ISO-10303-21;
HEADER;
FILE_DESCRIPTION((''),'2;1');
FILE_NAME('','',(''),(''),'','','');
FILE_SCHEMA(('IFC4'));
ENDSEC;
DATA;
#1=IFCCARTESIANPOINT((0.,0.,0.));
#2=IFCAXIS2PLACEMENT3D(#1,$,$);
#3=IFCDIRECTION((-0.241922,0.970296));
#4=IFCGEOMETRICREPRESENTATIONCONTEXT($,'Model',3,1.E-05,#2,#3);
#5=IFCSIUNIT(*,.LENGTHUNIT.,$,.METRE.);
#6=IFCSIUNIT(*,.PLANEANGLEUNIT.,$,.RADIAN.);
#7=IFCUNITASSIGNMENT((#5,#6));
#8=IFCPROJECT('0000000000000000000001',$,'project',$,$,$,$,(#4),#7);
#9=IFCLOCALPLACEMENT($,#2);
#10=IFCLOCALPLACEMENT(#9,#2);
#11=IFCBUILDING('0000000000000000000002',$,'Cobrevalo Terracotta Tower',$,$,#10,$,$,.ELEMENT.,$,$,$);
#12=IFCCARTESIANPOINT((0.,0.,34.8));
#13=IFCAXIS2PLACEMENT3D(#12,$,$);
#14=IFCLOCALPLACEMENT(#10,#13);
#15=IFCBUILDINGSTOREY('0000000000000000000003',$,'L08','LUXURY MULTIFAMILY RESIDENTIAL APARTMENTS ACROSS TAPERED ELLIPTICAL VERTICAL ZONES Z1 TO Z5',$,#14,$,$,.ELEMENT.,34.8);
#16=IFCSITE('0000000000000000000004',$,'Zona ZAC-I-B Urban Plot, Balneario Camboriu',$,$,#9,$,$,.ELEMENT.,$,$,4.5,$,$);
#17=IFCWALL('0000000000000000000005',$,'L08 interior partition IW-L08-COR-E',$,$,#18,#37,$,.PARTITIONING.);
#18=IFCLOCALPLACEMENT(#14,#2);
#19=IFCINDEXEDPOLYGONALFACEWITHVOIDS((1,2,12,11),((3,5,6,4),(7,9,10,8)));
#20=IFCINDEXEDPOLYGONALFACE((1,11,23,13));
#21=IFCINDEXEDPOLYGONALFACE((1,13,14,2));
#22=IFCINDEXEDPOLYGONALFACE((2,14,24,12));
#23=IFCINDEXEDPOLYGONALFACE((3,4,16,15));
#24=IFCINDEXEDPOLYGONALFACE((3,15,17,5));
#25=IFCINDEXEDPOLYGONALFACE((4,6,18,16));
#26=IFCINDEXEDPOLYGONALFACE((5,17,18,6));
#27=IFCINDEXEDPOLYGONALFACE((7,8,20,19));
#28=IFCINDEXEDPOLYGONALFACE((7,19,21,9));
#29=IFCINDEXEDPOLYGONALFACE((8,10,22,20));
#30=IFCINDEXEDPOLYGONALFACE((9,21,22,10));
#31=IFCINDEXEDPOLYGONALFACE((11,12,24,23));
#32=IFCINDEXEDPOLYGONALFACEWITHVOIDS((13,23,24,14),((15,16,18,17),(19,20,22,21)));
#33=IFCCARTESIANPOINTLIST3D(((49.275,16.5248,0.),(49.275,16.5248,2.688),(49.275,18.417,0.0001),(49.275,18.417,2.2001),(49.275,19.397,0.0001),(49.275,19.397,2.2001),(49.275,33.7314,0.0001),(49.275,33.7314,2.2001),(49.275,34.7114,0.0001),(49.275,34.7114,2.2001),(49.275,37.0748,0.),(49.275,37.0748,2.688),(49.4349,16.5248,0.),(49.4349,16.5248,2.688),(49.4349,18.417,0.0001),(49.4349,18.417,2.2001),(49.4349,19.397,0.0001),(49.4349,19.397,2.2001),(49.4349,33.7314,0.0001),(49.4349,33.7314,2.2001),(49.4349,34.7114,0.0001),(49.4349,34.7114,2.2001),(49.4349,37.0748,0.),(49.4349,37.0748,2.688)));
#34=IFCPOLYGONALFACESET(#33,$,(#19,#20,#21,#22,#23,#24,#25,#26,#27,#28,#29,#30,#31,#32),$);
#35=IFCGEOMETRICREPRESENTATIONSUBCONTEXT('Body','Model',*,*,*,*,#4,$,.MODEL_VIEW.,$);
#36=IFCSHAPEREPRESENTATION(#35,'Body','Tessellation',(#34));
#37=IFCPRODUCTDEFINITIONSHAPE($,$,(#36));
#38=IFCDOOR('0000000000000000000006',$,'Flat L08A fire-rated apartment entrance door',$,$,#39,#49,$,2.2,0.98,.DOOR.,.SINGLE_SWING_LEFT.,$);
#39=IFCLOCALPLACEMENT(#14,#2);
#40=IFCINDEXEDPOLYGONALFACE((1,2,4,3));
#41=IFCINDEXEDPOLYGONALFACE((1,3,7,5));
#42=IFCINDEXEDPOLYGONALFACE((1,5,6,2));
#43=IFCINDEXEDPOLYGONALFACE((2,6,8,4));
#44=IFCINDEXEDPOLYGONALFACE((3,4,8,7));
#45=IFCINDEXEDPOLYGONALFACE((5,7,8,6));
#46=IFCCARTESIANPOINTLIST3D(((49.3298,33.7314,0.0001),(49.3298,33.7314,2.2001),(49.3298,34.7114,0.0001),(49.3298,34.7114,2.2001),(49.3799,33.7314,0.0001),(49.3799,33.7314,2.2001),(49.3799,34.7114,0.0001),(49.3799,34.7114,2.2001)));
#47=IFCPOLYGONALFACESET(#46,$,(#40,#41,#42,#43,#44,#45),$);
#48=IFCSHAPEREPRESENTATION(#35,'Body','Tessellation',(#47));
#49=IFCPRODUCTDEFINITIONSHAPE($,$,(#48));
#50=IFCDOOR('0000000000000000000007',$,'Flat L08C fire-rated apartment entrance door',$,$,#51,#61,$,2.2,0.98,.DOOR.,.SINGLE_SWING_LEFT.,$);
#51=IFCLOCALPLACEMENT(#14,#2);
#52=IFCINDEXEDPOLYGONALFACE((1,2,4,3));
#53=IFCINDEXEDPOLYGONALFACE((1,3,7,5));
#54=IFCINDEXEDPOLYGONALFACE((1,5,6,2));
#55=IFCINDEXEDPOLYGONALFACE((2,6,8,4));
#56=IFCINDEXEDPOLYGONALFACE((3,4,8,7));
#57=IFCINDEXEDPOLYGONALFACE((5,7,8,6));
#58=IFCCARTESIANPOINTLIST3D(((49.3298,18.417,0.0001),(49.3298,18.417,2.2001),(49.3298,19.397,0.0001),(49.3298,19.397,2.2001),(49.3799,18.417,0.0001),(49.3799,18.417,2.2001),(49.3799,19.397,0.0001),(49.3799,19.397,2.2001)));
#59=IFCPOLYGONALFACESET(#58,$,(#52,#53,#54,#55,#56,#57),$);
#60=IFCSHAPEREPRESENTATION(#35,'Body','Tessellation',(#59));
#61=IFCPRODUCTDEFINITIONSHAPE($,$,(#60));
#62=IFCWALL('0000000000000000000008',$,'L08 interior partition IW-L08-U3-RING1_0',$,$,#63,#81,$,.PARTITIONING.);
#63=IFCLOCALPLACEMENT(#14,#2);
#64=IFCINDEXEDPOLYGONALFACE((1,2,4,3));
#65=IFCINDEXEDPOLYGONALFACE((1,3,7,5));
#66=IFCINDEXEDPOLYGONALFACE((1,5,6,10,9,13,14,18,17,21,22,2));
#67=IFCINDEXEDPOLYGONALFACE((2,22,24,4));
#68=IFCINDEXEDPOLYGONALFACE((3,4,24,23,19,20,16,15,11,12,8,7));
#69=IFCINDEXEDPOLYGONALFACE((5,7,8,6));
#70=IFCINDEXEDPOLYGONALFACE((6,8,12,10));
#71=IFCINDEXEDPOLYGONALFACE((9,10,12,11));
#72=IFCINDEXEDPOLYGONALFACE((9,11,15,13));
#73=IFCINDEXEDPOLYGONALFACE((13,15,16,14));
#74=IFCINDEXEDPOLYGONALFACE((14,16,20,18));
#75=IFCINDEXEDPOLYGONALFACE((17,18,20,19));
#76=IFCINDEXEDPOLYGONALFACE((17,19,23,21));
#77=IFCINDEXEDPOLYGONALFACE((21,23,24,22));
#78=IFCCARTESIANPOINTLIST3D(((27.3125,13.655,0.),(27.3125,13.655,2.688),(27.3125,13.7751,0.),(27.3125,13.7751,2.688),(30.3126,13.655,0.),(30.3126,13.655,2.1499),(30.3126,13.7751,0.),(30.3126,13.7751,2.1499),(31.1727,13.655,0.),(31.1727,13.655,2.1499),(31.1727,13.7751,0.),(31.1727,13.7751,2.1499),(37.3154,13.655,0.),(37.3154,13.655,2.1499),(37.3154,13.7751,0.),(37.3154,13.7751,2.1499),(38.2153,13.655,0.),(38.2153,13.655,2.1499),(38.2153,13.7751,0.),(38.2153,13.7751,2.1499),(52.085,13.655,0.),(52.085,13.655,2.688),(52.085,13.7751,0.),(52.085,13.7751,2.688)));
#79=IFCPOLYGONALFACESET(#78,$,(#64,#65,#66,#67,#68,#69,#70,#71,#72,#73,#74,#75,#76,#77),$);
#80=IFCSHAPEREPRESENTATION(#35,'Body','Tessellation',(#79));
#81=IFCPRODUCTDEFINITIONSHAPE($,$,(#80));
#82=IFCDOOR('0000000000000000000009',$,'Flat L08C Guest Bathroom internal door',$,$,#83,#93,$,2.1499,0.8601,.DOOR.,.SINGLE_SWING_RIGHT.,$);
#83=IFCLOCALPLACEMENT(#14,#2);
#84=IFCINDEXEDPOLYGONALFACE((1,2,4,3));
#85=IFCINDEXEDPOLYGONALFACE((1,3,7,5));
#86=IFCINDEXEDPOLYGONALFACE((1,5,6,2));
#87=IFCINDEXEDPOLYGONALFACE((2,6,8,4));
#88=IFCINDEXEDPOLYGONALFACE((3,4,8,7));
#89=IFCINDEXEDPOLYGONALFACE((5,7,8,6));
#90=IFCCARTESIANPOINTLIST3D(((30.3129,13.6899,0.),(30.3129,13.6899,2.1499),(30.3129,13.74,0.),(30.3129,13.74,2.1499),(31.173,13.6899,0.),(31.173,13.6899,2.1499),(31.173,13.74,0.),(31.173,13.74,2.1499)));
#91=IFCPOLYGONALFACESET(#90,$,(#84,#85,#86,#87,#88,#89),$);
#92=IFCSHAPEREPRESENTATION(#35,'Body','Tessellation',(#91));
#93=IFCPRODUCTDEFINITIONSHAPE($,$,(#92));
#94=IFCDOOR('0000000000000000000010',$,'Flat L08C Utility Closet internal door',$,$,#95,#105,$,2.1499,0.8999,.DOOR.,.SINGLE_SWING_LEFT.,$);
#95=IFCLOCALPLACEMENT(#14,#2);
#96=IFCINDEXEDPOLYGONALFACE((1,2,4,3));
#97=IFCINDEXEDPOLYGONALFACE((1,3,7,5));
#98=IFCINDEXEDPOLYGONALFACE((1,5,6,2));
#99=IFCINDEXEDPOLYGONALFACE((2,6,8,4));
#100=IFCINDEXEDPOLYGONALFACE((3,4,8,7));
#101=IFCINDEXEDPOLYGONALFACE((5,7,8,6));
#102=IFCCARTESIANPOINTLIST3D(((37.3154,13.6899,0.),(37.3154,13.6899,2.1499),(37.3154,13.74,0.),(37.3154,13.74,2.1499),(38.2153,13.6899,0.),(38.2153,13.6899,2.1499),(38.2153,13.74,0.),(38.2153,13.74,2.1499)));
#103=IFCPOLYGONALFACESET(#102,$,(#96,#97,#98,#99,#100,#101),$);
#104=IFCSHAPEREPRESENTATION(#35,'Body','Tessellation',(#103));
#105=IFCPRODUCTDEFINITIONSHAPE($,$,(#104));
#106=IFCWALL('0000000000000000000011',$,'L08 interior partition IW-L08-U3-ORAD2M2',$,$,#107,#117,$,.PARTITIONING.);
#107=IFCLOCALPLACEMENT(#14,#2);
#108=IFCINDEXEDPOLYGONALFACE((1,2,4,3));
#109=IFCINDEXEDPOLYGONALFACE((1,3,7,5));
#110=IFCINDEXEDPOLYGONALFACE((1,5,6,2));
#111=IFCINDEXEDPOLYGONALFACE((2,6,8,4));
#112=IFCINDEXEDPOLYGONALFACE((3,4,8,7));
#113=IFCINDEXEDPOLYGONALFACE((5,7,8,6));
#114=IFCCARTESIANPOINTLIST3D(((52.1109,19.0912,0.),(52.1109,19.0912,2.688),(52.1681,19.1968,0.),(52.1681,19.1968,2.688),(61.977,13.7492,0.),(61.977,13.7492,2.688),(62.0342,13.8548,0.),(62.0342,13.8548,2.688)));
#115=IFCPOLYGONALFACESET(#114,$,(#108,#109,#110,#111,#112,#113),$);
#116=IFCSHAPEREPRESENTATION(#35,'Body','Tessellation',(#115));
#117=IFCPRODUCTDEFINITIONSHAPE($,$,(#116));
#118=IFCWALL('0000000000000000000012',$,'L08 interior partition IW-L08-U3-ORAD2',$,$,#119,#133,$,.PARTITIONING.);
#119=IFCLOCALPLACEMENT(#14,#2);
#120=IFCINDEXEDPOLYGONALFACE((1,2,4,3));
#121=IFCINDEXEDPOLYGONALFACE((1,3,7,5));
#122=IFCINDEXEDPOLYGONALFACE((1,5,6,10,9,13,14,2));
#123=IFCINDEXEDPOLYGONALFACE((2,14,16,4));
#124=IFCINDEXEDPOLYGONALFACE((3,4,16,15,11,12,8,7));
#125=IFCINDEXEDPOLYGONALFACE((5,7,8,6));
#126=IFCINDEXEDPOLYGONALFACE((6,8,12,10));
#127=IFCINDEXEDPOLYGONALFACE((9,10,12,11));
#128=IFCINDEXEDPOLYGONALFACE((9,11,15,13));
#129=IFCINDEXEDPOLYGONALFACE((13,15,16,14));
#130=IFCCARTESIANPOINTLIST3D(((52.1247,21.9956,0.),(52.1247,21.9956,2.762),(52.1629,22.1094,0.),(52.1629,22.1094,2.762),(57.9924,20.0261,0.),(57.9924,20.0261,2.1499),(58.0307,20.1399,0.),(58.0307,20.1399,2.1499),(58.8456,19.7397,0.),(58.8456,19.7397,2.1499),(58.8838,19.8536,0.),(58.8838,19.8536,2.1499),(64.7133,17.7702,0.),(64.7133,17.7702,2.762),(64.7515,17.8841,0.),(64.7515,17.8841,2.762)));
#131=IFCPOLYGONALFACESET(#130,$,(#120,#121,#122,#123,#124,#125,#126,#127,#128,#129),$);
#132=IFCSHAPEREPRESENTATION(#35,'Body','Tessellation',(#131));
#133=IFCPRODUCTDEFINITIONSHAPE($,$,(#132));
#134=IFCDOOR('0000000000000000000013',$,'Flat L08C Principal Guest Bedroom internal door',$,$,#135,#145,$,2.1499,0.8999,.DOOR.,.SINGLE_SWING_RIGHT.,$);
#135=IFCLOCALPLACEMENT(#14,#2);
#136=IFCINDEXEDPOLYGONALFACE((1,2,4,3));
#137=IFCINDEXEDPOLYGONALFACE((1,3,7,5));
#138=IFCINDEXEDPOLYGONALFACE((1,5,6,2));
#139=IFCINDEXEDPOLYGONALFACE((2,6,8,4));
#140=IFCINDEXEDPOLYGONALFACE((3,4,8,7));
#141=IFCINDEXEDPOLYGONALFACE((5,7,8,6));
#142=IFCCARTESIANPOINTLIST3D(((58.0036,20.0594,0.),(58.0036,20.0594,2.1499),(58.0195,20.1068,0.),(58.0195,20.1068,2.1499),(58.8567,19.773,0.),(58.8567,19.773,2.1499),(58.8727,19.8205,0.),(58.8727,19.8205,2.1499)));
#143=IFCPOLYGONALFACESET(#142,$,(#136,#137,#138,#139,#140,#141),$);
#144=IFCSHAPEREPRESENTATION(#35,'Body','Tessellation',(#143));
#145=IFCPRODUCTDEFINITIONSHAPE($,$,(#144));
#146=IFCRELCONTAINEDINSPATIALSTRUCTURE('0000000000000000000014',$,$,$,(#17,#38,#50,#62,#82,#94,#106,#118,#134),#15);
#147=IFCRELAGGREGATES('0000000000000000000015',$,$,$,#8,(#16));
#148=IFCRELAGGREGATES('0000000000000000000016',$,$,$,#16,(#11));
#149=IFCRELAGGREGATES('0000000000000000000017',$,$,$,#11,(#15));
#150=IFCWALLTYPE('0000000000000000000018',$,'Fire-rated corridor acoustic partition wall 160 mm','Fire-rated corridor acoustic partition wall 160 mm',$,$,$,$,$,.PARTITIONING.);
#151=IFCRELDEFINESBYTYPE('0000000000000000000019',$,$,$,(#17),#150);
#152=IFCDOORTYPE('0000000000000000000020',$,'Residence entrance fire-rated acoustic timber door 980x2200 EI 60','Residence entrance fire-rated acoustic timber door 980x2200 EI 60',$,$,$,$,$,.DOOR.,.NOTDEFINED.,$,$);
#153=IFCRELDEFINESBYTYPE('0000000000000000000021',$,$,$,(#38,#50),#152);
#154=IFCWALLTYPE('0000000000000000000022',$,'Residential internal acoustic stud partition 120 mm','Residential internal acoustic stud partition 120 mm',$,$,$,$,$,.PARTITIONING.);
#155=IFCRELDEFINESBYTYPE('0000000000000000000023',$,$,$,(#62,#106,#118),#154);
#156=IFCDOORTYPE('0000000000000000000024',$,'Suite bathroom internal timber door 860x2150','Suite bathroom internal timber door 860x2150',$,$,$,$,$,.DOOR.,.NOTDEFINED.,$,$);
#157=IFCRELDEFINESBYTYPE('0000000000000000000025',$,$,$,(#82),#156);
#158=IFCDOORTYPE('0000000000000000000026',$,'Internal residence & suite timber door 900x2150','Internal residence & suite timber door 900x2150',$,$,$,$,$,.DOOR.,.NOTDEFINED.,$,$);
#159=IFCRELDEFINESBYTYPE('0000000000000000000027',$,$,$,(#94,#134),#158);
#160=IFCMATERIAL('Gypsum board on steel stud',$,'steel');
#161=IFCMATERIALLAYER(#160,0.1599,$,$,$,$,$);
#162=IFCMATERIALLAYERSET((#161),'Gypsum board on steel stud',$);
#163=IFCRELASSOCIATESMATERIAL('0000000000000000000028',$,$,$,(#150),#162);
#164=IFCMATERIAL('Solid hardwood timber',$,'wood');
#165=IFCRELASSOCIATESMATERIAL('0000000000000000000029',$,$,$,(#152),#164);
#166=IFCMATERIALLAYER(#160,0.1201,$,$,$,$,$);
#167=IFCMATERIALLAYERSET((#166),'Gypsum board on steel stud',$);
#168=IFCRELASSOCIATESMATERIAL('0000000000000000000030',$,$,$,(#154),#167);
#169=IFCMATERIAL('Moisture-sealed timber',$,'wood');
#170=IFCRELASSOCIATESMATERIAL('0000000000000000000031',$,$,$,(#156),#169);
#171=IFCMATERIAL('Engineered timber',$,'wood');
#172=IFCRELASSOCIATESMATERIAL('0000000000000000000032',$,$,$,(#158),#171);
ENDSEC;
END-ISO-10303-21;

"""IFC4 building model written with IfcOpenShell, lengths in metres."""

from ifc_helpers import new_model, si_unit, direction, frame, frame_2d, origin, place, context, subcontext, project, spatial, rectangle, extrude, source, transform, mapped, material, layer, layer_set, type_object, element, fill, save


model = new_model("IFC4")

# Units and contexts
model_context = context("Model", 3, precision=1e-05, world=origin(), true_north=direction((-0.241922, 0.970296)))
body_context = subcontext(model_context, "Body", "Model", "MODEL_VIEW")
ifc_project = project(units=[si_unit("LENGTHUNIT", "METRE"), si_unit("PLANEANGLEUNIT", "RADIAN")], contexts=[model_context])

# Site, building, storey
site_placement = place(None, origin())
site = spatial("IfcSite", under=ifc_project, at=site_placement, Name="Zona ZAC-I-B Urban Plot, Balneario Camboriu", CompositionType="ELEMENT", RefElevation=4.5)
building_placement = place(site_placement, origin())
building = spatial("IfcBuilding", under=site, at=building_placement, Name="Cobrevalo Terracotta Tower", CompositionType="ELEMENT")
storey_placement = place(building_placement, frame((0.0, 0.0, 34.8)))
storey = spatial("IfcBuildingStorey", under=building, at=storey_placement, Name="L08", Description="LUXURY MULTIFAMILY RESIDENTIAL APARTMENTS ACROSS TAPERED ELLIPTICAL VERTICAL ZONES Z1 TO Z5", CompositionType="ELEMENT", Elevation=34.8)

# Walls, openings, doors
ifc_material_1 = material(Name="Gypsum board on steel stud", Category="steel")
ifc_layer_1 = layer(ifc_material_1, 0.1599)
ifc_layer_set_1 = layer_set([ifc_layer_1], Name="Gypsum board on steel stud")
wall_type_1 = type_object("IfcWallType", Name="Fire-rated corridor acoustic partition wall 160 mm", Description="Fire-rated corridor acoustic partition wall 160 mm", PredefinedType="PARTITIONING", material=ifc_layer_set_1)
wall_1_placement = place(storey_placement, frame((49.355, 16.5249, 0.0), z_axis=(0.0, 0.0, 1.0), x_axis=(0.0, 1.0, 0.0)))
wall_1 = element("IfcWall", 1, at=wall_1_placement, inside=storey, type_object=wall_type_1, Name="L08 interior partition IW-L08-COR-E", PredefinedType="PARTITIONING", context=body_context, shape_type="SweptSolid", body=[
    extrude(rectangle(XDim=20.55, YDim=0.1599, at=frame_2d((10.2749, 0.0))), origin(), (0.0, 0.0, 1.0), 2.688),
])
opening_1_placement = place(wall_1_placement, frame((17.2065, 0.0, 0.0)))
opening_1 = element("IfcOpeningElement", 2, at=opening_1_placement, cuts=wall_1, PredefinedType="OPENING", context=body_context, shape_type="SweptSolid", body=[
    extrude(rectangle(XDim=0.98, YDim=2.2, at=frame_2d((0.49, 1.1001))), frame((0.0, 0.0898, 0.0), z_axis=(0.0, -1.0, 0.0), x_axis=(1.0, 0.0, 0.0)), (0.0, 0.0, 1.0), 0.1799),
])
opening_2_placement = place(wall_1_placement, frame((1.8921, 0.0, 0.0)))
opening_2 = element("IfcOpeningElement", 3, at=opening_2_placement, cuts=wall_1, PredefinedType="OPENING", context=body_context, shape_type="SweptSolid", body=[
    extrude(rectangle(XDim=0.98, YDim=2.2, at=frame_2d((0.49, 1.1001))), frame((0.0, 0.0898, 0.0), z_axis=(0.0, -1.0, 0.0), x_axis=(1.0, 0.0, 0.0)), (0.0, 0.0, 1.0), 0.1799),
])
ifc_material_2 = material(Name="Solid hardwood timber", Category="wood")
door_type_1 = type_object("IfcDoorType", Name="Residence entrance fire-rated acoustic timber door 980x2200 EI 60", Description="Residence entrance fire-rated acoustic timber door 980x2200 EI 60", OperationType="NOTDEFINED", PredefinedType="DOOR", material=ifc_material_2)
shared_shape_1 = source(origin(), body_context, "Body", "SweptSolid", [
    extrude(rectangle(XDim=0.98, YDim=2.2, at=frame_2d((0.49, 1.1001))), frame((0.0, 0.0249, 0.0), z_axis=(0.0, -1.0, 0.0), x_axis=(1.0, 0.0, 0.0)), (0.0, 0.0, 1.0), 0.05),
])
door_1_placement = place(opening_1_placement, frame((0.98, 0.0, 0.0), z_axis=(0.0, 0.0, 1.0), x_axis=(-1.0, 0.0, 0.0)))
door_1 = element("IfcDoor", 4, at=door_1_placement, inside=storey, type_object=door_type_1, Name="Flat L08A fire-rated apartment entrance door", OperationType="SINGLE_SWING_LEFT", OverallHeight=2.2, OverallWidth=0.98, PredefinedType="DOOR", context=body_context, shape_type="MappedRepresentation", body=[
    mapped(shared_shape_1, transform((0.0, 0.0, 0.0), scale=1.0)),
])
fill(opening_1, door_1)
door_2_placement = place(opening_2_placement, frame((0.98, 0.0, 0.0), z_axis=(0.0, 0.0, 1.0), x_axis=(-1.0, 0.0, 0.0)))
door_2 = element("IfcDoor", 5, at=door_2_placement, inside=storey, type_object=door_type_1, Name="Flat L08C fire-rated apartment entrance door", OperationType="SINGLE_SWING_LEFT", OverallHeight=2.2, OverallWidth=0.98, PredefinedType="DOOR", context=body_context, shape_type="MappedRepresentation", body=[
    mapped(shared_shape_1, transform((0.0, 0.0, 0.0), scale=1.0)),
])
fill(opening_2, door_2)
ifc_layer_2 = layer(ifc_material_1, 0.1201)
ifc_layer_set_2 = layer_set([ifc_layer_2], Name="Gypsum board on steel stud")
wall_type_2 = type_object("IfcWallType", Name="Residential internal acoustic stud partition 120 mm", Description="Residential internal acoustic stud partition 120 mm", PredefinedType="PARTITIONING", material=ifc_layer_set_2)
wall_2_placement = place(storey_placement, frame((52.085, 13.7151, 0.0), z_axis=(0.0, 0.0, 1.0), x_axis=(-1.0, 0.0, 0.0)))
wall_2 = element("IfcWall", 6, at=wall_2_placement, inside=storey, type_object=wall_type_2, Name="L08 interior partition IW-L08-U3-RING1_0", PredefinedType="PARTITIONING", context=body_context, shape_type="SweptSolid", body=[
    extrude(rectangle(XDim=24.7725, YDim=0.1201, at=frame_2d((12.3862, 0.0))), origin(), (0.0, 0.0, 1.0), 2.688),
])
opening_3_placement = place(wall_2_placement, frame((20.9121, 0.0, 0.0)))
opening_3 = element("IfcOpeningElement", 7, at=opening_3_placement, cuts=wall_2, PredefinedType="OPENING", context=body_context, shape_type="SweptSolid", body=[
    extrude(rectangle(XDim=0.8601, YDim=2.1499, at=frame_2d((0.4302, 1.075))), frame((0.0, 0.0701, 0.0), z_axis=(0.0, -1.0, 0.0), x_axis=(1.0, 0.0, 0.0)), (0.0, 0.0, 1.0), 0.1401),
])
opening_4_placement = place(wall_2_placement, frame((13.8696, 0.0, 0.0)))
opening_4 = element("IfcOpeningElement", 8, at=opening_4_placement, cuts=wall_2, PredefinedType="OPENING", context=body_context, shape_type="SweptSolid", body=[
    extrude(rectangle(XDim=0.8999, YDim=2.1499, at=frame_2d((0.45, 1.075))), frame((0.0, 0.0701, 0.0), z_axis=(0.0, -1.0, 0.0), x_axis=(1.0, 0.0, 0.0)), (0.0, 0.0, 1.0), 0.1401),
])
ifc_material_3 = material(Name="Moisture-sealed timber", Category="wood")
door_type_2 = type_object("IfcDoorType", Name="Suite bathroom internal timber door 860x2150", Description="Suite bathroom internal timber door 860x2150", OperationType="NOTDEFINED", PredefinedType="DOOR", material=ifc_material_3)
shared_shape_2 = source(origin(), body_context, "Body", "SweptSolid", [
    extrude(rectangle(XDim=0.8601, YDim=2.1499, at=frame_2d((0.4302, 1.075))), frame((0.0, 0.0249, 0.0), z_axis=(0.0, -1.0, 0.0), x_axis=(1.0, 0.0, 0.0)), (0.0, 0.0, 1.0), 0.05),
])
door_3_placement = place(opening_3_placement, frame((0.8601, 0.0, 0.0), z_axis=(0.0, 0.0, 1.0), x_axis=(-1.0, 0.0, 0.0)))
door_3 = element("IfcDoor", 9, at=door_3_placement, inside=storey, type_object=door_type_2, Name="Flat L08C Guest Bathroom internal door", OperationType="SINGLE_SWING_RIGHT", OverallHeight=2.1499, OverallWidth=0.8601, PredefinedType="DOOR", context=body_context, shape_type="MappedRepresentation", body=[
    mapped(shared_shape_2, transform((0.0, 0.0, 0.0), scale=1.0)),
])
fill(opening_3, door_3)
ifc_material_4 = material(Name="Engineered timber", Category="wood")
door_type_3 = type_object("IfcDoorType", Name="Internal residence & suite timber door 900x2150", Description="Internal residence & suite timber door 900x2150", OperationType="NOTDEFINED", PredefinedType="DOOR", material=ifc_material_4)
shared_shape_3 = source(origin(), body_context, "Body", "SweptSolid", [
    extrude(rectangle(XDim=0.8999, YDim=2.1499, at=frame_2d((0.45, 1.075))), frame((0.0, 0.0249, 0.0), z_axis=(0.0, -1.0, 0.0), x_axis=(1.0, 0.0, 0.0)), (0.0, 0.0, 1.0), 0.05),
])
door_4_placement = place(opening_4_placement, frame((0.8999, 0.0, 0.0), z_axis=(0.0, 0.0, 1.0), x_axis=(-1.0, 0.0, 0.0)))
door_4 = element("IfcDoor", 10, at=door_4_placement, inside=storey, type_object=door_type_3, Name="Flat L08C Utility Closet internal door", OperationType="SINGLE_SWING_LEFT", OverallHeight=2.1499, OverallWidth=0.8999, PredefinedType="DOOR", context=body_context, shape_type="MappedRepresentation", body=[
    mapped(shared_shape_3, transform((0.0, 0.0, 0.0), scale=1.0)),
])
fill(opening_4, door_4)

# Wall
wall_3_placement = place(storey_placement, frame((52.1394, 19.144, 0.0), z_axis=(0.0, 0.0, 1.0), x_axis=(0.879372, -0.476135, 0.0)))
element("IfcWall", 11, at=wall_3_placement, inside=storey, type_object=wall_type_2, Name="L08 interior partition IW-L08-U3-ORAD2M2", PredefinedType="PARTITIONING", context=body_context, shape_type="SweptSolid", body=[
    extrude(rectangle(XDim=11.2195, YDim=0.1201, at=frame_2d((5.6099, 0.0))), origin(), (0.0, 0.0, 1.0), 2.688),
])

# Wall, opening, door
wall_4_placement = place(storey_placement, frame((52.1438, 22.0525, 0.0), z_axis=(0.0, 0.0, 1.0), x_axis=(0.948023, -0.318202, 0.0)))
wall_4 = element("IfcWall", 12, at=wall_4_placement, inside=storey, type_object=wall_type_2, Name="L08 interior partition IW-L08-U3-ORAD2", PredefinedType="PARTITIONING", context=body_context, shape_type="SweptSolid", body=[
    extrude(rectangle(XDim=13.2788, YDim=0.1201, at=frame_2d((6.6394, 0.0))), origin(), (0.0, 0.0, 1.0), 2.762),
])
opening_5_placement = place(wall_4_placement, frame((6.1895, 0.0, 0.0)))
opening_5 = element("IfcOpeningElement", 13, at=opening_5_placement, cuts=wall_4, PredefinedType="OPENING", context=body_context, shape_type="SweptSolid", body=[
    extrude(rectangle(XDim=0.8999, YDim=2.1499, at=frame_2d((0.45, 1.075))), frame((0.0, 0.0701, 0.0), z_axis=(0.0, -1.0, 0.0), x_axis=(1.0, 0.0, 0.0)), (0.0, 0.0, 1.0), 0.1401),
])
door_5_placement = place(opening_5_placement, frame((0.8999, 0.0, 0.0), z_axis=(0.0, 0.0, 1.0), x_axis=(-1.0, 0.0, 0.0)))
door_5 = element("IfcDoor", 14, at=door_5_placement, inside=storey, type_object=door_type_3, Name="Flat L08C Principal Guest Bedroom internal door", OperationType="SINGLE_SWING_RIGHT", OverallHeight=2.1499, OverallWidth=0.8999, PredefinedType="DOOR", context=body_context, shape_type="MappedRepresentation", body=[
    mapped(shared_shape_3, transform((0.0, 0.0, 0.0), scale=1.0)),
])
fill(opening_5, door_5)

save(model, "model.ifc")
